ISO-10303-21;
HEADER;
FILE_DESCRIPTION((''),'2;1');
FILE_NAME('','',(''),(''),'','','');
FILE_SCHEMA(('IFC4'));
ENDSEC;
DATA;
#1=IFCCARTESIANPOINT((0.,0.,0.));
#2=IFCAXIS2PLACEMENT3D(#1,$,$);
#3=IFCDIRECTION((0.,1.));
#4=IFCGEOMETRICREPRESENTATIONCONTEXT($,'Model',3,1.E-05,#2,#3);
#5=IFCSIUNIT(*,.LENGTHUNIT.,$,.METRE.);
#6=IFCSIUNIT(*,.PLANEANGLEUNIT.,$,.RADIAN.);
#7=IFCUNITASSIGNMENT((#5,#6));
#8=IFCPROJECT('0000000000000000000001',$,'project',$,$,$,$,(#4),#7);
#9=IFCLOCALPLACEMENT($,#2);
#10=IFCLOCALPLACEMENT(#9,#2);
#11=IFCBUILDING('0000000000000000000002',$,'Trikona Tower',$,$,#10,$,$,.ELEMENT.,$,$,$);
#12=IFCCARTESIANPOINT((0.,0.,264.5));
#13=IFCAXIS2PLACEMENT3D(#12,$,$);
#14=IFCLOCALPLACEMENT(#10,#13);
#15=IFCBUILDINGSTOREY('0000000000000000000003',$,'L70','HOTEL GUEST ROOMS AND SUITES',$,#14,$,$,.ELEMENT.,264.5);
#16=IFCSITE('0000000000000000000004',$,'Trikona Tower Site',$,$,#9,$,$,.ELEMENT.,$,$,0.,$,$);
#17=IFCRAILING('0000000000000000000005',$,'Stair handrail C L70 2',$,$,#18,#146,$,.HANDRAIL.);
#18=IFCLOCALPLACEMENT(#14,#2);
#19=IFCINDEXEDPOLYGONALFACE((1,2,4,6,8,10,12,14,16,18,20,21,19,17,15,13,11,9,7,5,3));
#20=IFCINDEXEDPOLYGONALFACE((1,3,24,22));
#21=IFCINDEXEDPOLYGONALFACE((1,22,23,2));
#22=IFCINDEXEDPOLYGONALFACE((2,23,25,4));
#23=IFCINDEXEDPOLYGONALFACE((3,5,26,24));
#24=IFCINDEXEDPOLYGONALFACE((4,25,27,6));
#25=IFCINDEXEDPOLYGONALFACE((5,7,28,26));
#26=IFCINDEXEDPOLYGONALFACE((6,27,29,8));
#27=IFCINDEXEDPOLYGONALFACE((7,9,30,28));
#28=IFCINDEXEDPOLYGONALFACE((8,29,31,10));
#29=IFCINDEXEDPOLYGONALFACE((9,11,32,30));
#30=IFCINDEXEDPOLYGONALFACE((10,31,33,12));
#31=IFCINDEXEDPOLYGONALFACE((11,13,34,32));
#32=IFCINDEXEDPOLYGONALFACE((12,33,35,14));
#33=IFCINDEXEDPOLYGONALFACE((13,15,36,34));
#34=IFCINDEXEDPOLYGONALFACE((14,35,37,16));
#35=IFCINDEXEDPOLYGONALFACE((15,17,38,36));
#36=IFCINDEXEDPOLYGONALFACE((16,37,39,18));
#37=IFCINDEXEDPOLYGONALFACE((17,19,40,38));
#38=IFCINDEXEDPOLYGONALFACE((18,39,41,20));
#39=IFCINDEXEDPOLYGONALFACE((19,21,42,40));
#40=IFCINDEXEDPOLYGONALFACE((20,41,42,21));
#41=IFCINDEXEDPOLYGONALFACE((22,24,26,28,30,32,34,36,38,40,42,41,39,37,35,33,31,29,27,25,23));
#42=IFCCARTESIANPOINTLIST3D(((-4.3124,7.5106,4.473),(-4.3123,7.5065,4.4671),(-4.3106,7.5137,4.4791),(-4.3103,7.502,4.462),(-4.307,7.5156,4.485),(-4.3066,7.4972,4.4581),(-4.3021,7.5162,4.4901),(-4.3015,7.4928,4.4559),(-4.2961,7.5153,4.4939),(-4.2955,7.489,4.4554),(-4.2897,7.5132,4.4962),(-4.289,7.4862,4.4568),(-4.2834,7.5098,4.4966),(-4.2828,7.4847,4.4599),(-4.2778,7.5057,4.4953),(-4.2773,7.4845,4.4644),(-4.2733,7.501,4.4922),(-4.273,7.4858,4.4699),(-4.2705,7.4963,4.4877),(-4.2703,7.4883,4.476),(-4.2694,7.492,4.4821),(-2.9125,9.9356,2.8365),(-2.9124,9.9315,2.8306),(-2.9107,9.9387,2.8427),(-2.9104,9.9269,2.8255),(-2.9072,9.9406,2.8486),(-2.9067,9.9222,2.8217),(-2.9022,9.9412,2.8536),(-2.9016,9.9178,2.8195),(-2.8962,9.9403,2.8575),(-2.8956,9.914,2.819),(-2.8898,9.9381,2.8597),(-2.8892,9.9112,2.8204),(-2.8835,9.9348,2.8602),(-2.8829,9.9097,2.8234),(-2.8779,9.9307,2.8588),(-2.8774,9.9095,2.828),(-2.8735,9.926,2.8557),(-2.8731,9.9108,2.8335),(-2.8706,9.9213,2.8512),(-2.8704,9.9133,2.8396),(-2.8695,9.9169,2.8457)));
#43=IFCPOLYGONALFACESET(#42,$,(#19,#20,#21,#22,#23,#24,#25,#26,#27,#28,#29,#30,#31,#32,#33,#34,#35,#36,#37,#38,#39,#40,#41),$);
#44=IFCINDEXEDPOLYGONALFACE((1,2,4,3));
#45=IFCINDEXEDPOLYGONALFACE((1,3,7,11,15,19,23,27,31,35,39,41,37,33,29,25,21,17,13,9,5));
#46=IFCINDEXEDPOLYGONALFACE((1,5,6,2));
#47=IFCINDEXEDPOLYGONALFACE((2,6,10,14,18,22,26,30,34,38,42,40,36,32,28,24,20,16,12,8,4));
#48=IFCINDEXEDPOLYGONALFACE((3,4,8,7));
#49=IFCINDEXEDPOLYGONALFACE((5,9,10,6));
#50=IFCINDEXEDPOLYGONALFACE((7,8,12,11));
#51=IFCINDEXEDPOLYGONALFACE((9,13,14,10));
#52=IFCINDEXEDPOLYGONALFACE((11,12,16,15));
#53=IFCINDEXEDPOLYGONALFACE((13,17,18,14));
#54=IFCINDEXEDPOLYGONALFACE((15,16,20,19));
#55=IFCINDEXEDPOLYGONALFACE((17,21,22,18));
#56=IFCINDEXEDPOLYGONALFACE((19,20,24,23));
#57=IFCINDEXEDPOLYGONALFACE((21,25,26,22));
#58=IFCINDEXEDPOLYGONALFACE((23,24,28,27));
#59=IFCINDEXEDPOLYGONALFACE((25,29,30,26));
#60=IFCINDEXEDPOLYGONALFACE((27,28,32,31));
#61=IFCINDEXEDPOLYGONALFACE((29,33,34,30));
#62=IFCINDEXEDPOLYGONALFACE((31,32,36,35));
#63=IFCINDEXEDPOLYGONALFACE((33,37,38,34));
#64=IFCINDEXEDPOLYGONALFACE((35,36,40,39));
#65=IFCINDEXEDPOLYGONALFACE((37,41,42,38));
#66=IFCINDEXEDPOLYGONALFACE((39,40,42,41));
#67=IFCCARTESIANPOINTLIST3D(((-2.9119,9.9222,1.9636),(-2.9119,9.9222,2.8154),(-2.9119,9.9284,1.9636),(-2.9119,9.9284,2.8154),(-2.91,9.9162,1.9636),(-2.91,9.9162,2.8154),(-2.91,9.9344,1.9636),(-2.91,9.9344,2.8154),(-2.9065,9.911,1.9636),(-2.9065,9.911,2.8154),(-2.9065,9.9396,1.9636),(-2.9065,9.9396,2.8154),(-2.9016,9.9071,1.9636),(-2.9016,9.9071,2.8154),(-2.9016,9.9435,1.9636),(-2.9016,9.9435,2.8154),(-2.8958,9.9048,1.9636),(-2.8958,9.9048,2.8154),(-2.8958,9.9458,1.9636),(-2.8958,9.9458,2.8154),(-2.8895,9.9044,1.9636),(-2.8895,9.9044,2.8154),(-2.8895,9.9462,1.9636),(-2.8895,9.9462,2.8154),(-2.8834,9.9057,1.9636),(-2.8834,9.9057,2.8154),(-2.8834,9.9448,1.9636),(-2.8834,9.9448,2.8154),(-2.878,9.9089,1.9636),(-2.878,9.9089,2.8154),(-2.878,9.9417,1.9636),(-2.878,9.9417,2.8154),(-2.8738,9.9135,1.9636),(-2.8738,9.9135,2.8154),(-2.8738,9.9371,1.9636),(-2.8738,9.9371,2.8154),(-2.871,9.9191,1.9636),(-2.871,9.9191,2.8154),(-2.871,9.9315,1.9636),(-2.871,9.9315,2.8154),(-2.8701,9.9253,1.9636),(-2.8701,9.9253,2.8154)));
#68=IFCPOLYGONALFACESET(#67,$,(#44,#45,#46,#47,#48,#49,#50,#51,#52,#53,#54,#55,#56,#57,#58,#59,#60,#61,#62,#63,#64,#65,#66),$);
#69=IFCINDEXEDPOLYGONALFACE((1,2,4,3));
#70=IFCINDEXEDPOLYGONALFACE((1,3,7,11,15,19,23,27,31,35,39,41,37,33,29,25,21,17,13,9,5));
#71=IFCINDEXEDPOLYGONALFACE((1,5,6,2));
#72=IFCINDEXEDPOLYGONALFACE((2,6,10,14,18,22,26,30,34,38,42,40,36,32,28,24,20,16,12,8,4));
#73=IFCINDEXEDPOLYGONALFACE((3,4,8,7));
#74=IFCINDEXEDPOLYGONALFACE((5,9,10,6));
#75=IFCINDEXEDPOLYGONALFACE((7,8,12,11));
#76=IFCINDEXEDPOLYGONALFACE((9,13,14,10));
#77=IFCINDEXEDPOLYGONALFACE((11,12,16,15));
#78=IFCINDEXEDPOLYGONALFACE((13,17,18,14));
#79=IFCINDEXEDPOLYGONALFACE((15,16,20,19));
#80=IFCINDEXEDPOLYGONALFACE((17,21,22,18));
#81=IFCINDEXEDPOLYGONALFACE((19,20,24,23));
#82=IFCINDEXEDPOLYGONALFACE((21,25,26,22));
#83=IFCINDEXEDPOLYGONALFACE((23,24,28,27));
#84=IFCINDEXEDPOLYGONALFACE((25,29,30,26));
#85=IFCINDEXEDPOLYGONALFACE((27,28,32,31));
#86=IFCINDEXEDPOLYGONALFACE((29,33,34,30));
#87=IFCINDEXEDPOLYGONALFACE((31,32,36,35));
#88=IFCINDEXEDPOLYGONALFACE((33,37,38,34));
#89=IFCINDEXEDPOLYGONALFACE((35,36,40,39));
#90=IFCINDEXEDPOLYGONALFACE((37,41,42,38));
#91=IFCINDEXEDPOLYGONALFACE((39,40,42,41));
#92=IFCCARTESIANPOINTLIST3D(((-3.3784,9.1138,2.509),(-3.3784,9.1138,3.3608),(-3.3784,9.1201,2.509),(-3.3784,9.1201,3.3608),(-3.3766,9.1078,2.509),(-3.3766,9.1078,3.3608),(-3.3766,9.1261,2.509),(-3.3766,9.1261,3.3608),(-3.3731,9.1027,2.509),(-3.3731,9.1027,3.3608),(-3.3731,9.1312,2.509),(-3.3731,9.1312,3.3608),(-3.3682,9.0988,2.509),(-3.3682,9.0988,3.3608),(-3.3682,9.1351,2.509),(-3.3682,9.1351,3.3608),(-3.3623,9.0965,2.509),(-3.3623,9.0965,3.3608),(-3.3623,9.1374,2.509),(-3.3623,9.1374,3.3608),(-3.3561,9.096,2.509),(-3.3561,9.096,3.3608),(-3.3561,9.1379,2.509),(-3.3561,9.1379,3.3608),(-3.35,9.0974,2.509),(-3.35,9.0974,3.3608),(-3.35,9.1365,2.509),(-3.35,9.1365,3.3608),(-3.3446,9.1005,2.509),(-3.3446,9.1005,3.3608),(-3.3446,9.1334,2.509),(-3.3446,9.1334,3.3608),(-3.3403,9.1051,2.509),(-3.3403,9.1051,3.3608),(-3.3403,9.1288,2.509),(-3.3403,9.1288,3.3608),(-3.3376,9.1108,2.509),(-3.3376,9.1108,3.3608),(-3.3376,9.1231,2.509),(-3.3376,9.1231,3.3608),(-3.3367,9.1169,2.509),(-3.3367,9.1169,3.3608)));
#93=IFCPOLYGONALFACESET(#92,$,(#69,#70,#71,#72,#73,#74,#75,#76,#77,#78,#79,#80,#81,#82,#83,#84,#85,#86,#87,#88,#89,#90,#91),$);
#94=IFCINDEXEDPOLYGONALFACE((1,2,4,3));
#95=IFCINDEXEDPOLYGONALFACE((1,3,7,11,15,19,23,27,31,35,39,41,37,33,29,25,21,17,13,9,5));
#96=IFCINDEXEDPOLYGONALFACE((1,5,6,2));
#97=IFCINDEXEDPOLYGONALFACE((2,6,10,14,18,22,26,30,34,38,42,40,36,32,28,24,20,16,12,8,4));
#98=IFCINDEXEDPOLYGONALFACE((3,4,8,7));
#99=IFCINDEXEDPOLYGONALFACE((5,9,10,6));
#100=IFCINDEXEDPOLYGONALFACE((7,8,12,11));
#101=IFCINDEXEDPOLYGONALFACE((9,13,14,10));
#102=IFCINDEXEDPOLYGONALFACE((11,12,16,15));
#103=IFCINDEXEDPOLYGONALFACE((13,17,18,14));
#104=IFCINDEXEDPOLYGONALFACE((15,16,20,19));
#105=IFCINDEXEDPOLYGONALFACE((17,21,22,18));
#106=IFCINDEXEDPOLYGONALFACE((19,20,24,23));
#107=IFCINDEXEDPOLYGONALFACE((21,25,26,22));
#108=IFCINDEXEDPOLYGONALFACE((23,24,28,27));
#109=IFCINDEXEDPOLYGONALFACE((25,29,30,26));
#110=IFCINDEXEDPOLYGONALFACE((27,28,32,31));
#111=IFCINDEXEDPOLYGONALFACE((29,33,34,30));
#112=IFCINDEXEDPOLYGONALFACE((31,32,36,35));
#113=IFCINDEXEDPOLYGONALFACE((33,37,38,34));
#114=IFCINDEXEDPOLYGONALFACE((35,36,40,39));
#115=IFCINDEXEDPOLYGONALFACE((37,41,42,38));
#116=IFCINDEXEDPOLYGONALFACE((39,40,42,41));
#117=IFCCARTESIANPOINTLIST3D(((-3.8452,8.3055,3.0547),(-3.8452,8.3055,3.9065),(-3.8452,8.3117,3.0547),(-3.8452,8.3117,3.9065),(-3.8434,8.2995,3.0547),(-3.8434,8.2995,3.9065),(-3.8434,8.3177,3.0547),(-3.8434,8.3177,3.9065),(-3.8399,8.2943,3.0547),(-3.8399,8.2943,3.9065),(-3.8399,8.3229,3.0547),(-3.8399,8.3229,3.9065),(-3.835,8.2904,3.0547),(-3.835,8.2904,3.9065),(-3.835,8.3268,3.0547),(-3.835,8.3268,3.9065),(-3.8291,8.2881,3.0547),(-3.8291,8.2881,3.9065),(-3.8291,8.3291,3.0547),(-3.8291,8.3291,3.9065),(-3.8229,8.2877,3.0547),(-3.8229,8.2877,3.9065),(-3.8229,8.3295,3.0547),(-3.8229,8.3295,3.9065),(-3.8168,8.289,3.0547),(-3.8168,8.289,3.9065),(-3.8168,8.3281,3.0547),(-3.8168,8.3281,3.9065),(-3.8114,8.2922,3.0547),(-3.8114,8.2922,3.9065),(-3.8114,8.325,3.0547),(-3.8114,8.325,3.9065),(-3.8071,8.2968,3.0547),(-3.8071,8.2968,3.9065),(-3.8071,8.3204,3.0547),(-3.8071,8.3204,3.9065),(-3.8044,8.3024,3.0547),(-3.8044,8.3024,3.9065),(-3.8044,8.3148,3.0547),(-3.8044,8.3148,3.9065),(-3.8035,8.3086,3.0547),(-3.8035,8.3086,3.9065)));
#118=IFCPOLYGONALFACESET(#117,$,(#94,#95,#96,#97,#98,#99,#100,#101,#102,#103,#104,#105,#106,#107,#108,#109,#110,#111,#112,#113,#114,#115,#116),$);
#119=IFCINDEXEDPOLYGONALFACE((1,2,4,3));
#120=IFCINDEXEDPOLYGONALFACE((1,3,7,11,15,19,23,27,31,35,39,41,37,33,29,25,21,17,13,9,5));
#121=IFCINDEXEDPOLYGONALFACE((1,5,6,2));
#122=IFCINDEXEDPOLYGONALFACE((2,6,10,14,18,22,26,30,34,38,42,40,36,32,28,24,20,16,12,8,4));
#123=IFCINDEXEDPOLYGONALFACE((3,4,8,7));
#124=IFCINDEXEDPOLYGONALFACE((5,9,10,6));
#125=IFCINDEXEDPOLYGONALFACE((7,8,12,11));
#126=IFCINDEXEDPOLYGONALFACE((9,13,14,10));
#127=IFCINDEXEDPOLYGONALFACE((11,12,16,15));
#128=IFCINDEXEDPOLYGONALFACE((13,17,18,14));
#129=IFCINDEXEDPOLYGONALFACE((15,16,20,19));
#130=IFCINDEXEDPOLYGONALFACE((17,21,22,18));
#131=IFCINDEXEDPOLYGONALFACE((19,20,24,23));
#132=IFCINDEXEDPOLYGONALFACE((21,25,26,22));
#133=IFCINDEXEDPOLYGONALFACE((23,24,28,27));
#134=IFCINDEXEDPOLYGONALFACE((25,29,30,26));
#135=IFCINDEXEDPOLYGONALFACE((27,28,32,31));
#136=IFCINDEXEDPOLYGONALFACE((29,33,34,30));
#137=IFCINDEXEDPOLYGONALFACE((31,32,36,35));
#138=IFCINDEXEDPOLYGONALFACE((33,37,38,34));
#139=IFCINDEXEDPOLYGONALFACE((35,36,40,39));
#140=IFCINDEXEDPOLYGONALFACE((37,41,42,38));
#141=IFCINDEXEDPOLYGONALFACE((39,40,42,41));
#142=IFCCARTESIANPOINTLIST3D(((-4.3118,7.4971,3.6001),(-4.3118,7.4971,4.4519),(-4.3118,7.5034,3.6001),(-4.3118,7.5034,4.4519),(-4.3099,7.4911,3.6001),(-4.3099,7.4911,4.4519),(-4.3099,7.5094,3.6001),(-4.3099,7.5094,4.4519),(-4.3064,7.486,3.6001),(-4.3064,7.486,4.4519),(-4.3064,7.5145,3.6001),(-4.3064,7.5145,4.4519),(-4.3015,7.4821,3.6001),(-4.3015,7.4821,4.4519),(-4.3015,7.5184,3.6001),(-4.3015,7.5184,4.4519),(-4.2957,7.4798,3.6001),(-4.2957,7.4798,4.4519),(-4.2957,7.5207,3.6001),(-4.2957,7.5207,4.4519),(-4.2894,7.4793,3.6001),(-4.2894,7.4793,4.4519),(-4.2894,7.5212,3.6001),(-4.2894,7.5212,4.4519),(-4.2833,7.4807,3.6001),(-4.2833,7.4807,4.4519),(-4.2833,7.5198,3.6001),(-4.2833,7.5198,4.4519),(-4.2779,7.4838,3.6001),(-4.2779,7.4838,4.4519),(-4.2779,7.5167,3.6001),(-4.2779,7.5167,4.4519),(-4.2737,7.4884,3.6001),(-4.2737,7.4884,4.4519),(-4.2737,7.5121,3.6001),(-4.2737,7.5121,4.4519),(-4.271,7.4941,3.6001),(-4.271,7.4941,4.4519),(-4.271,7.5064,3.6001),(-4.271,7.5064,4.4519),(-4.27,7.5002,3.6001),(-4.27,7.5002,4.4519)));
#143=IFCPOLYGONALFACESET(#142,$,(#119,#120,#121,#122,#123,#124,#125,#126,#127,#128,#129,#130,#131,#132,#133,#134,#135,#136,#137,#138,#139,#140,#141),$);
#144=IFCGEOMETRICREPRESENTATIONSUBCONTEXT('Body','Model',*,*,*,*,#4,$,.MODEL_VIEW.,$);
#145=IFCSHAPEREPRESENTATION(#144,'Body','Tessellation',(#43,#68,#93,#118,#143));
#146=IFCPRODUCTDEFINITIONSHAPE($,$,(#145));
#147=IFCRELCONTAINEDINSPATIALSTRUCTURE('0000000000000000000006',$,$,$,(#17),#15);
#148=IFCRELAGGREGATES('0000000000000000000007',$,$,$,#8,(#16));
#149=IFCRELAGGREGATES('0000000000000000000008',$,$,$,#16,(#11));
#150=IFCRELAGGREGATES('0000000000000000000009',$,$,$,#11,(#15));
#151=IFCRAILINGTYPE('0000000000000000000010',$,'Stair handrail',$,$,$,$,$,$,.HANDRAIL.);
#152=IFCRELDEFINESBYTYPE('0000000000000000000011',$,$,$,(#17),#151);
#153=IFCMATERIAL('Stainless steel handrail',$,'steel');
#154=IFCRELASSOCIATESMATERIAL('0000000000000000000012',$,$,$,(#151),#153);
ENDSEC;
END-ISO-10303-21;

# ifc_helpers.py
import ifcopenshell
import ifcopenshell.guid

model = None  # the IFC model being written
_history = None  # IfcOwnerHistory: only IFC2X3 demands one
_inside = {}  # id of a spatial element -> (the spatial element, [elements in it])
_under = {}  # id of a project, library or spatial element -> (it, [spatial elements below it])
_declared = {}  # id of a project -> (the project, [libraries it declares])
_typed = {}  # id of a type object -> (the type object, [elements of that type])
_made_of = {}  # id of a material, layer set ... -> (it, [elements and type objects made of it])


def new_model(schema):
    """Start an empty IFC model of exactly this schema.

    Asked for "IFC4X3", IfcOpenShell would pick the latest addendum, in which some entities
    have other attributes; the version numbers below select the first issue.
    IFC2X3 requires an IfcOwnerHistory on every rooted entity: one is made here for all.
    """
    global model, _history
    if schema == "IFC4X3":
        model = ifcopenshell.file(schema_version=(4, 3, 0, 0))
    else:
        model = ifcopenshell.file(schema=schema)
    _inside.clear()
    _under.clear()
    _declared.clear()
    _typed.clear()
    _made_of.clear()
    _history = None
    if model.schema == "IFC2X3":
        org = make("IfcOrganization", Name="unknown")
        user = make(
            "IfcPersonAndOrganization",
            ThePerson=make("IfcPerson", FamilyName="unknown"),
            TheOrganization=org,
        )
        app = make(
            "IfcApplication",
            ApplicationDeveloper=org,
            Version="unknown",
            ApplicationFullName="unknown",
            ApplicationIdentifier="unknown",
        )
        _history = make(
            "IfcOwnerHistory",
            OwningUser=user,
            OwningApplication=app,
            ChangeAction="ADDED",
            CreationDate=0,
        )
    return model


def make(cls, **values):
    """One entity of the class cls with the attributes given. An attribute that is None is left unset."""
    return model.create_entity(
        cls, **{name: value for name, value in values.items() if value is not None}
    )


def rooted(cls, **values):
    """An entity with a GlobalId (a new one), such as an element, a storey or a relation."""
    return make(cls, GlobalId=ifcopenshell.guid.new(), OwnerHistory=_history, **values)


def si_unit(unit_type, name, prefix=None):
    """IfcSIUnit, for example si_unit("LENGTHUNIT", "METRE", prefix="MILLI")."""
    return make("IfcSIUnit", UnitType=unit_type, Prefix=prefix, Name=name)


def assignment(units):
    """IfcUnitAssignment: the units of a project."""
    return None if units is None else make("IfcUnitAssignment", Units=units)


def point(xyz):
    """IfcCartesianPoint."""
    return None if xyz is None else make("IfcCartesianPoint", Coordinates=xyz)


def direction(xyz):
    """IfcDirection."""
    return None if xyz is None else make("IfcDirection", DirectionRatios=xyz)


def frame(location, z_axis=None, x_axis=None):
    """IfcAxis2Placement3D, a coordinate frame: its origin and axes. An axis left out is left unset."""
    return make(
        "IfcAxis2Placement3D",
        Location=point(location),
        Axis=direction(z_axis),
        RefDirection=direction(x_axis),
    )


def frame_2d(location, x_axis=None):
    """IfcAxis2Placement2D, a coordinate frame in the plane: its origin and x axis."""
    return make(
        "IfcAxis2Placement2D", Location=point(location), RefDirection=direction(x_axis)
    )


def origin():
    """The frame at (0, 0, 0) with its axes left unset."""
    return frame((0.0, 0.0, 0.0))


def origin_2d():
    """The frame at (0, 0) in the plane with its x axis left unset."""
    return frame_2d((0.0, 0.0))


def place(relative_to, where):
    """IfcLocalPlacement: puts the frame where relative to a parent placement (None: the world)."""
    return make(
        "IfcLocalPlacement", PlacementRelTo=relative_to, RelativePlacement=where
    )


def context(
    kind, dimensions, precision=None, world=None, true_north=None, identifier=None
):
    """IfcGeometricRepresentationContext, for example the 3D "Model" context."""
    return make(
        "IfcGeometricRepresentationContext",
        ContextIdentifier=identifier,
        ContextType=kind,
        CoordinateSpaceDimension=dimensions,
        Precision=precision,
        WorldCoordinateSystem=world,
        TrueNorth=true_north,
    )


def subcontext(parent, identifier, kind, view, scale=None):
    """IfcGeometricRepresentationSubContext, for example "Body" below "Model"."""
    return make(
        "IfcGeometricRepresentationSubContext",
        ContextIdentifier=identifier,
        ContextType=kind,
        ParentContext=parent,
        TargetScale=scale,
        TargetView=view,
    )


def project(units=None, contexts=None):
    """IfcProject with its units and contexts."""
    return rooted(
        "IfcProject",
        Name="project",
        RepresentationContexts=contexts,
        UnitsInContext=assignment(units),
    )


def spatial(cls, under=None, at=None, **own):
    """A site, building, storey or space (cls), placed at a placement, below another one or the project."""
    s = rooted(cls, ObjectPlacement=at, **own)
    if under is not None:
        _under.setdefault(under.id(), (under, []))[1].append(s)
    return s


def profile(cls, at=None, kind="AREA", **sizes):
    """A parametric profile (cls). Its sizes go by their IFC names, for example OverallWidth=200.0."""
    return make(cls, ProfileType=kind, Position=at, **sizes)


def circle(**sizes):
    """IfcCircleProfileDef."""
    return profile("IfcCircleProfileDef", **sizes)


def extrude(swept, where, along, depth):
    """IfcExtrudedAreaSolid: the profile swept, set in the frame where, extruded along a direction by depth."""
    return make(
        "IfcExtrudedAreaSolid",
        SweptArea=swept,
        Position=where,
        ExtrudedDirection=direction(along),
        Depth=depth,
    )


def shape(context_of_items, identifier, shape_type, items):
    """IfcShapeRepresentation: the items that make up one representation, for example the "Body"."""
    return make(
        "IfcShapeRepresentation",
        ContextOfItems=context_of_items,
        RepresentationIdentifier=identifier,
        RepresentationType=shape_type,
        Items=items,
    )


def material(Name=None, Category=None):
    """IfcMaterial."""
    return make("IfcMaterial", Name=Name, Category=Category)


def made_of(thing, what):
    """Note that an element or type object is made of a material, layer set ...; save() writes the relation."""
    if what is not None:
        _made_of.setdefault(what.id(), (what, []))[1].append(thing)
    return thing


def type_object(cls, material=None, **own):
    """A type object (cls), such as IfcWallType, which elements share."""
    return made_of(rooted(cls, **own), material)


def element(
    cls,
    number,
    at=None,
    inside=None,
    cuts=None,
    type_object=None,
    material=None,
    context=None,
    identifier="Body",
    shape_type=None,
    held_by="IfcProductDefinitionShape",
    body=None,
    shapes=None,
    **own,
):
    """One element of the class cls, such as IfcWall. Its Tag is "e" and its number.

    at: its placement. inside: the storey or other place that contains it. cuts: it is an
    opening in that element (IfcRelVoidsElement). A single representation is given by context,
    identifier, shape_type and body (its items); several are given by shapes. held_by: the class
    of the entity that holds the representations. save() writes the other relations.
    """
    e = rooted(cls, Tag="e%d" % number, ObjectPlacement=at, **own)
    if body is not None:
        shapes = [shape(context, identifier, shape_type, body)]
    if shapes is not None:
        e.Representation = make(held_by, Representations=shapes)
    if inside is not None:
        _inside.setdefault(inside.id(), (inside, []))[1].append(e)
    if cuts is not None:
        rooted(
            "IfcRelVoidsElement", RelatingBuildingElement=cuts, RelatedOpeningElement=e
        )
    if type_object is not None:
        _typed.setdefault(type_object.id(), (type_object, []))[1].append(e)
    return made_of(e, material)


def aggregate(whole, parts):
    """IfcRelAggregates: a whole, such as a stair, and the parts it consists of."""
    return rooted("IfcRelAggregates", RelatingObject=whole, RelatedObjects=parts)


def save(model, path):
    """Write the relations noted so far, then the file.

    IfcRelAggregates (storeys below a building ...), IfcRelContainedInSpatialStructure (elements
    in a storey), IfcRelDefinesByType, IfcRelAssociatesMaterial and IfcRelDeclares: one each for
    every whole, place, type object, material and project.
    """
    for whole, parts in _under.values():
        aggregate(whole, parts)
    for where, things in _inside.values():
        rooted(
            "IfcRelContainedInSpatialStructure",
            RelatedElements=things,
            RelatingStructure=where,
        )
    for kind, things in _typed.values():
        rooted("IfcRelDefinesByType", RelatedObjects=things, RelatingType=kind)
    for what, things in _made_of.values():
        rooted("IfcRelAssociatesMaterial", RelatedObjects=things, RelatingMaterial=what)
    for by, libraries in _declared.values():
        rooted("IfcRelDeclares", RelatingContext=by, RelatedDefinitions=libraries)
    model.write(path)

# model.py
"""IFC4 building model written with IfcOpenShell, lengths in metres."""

from ifc_helpers import new_model, si_unit, direction, frame, origin, origin_2d, place, context, subcontext, project, spatial, circle, extrude, material, type_object, element, save


model = new_model("IFC4")

# Units and contexts
model_context = context("Model", 3, precision=1e-05, world=origin(), true_north=direction((0.0, 1.0)))
body_context = subcontext(model_context, "Body", "Model", "MODEL_VIEW")
ifc_project = project(units=[si_unit("LENGTHUNIT", "METRE"), si_unit("PLANEANGLEUNIT", "RADIAN")], contexts=[model_context])

# Site, building, storey
site_placement = place(None, origin())
site = spatial("IfcSite", under=ifc_project, at=site_placement, Name="Trikona Tower Site", CompositionType="ELEMENT", RefElevation=0.0)
building_placement = place(site_placement, origin())
building = spatial("IfcBuilding", under=site, at=building_placement, Name="Trikona Tower", CompositionType="ELEMENT")
storey_placement = place(building_placement, frame((0.0, 0.0, 264.5)))
storey = spatial("IfcBuildingStorey", under=building, at=storey_placement, Name="L70", Description="HOTEL GUEST ROOMS AND SUITES", CompositionType="ELEMENT", Elevation=264.5)

# Railing
ifc_material_1 = material(Name="Stainless steel handrail", Category="steel")
railing_type = type_object("IfcRailingType", Name="Stair handrail", PredefinedType="HANDRAIL", material=ifc_material_1)
railing_1_placement = place(storey_placement, frame((-2.8911, 9.9253, 1.9636)))
element("IfcRailing", 1, at=railing_1_placement, inside=storey, type_object=railing_type, Name="Stair handrail C L70 2", PredefinedType="HANDRAIL", context=body_context, shape_type="SweptSolid", body=[
    extrude(circle(Radius=0.0239, at=origin_2d()), frame((0.0, 0.0, 0.876), z_axis=(-0.431636, -0.747723, 0.504579), x_axis=(0.866056, -0.499946, 0.0)), (0.0, 0.0, 1.0), 3.2432),
    extrude(circle(Radius=0.021, at=origin_2d()), origin(), (0.0, 0.0, 1.0), 0.8518),
    extrude(circle(Radius=0.021, at=origin_2d()), frame((-0.4666, -0.8083, 0.5454)), (0.0, 0.0, 1.0), 0.8518),
    extrude(circle(Radius=0.021, at=origin_2d()), frame((-0.9333, -1.6167, 1.0911)), (0.0, 0.0, 1.0), 0.8518),
    extrude(circle(Radius=0.021, at=origin_2d()), frame((-1.3999, -2.425, 1.6365)), (0.0, 0.0, 1.0), 0.8518),
])

save(model, "model.ifc")
